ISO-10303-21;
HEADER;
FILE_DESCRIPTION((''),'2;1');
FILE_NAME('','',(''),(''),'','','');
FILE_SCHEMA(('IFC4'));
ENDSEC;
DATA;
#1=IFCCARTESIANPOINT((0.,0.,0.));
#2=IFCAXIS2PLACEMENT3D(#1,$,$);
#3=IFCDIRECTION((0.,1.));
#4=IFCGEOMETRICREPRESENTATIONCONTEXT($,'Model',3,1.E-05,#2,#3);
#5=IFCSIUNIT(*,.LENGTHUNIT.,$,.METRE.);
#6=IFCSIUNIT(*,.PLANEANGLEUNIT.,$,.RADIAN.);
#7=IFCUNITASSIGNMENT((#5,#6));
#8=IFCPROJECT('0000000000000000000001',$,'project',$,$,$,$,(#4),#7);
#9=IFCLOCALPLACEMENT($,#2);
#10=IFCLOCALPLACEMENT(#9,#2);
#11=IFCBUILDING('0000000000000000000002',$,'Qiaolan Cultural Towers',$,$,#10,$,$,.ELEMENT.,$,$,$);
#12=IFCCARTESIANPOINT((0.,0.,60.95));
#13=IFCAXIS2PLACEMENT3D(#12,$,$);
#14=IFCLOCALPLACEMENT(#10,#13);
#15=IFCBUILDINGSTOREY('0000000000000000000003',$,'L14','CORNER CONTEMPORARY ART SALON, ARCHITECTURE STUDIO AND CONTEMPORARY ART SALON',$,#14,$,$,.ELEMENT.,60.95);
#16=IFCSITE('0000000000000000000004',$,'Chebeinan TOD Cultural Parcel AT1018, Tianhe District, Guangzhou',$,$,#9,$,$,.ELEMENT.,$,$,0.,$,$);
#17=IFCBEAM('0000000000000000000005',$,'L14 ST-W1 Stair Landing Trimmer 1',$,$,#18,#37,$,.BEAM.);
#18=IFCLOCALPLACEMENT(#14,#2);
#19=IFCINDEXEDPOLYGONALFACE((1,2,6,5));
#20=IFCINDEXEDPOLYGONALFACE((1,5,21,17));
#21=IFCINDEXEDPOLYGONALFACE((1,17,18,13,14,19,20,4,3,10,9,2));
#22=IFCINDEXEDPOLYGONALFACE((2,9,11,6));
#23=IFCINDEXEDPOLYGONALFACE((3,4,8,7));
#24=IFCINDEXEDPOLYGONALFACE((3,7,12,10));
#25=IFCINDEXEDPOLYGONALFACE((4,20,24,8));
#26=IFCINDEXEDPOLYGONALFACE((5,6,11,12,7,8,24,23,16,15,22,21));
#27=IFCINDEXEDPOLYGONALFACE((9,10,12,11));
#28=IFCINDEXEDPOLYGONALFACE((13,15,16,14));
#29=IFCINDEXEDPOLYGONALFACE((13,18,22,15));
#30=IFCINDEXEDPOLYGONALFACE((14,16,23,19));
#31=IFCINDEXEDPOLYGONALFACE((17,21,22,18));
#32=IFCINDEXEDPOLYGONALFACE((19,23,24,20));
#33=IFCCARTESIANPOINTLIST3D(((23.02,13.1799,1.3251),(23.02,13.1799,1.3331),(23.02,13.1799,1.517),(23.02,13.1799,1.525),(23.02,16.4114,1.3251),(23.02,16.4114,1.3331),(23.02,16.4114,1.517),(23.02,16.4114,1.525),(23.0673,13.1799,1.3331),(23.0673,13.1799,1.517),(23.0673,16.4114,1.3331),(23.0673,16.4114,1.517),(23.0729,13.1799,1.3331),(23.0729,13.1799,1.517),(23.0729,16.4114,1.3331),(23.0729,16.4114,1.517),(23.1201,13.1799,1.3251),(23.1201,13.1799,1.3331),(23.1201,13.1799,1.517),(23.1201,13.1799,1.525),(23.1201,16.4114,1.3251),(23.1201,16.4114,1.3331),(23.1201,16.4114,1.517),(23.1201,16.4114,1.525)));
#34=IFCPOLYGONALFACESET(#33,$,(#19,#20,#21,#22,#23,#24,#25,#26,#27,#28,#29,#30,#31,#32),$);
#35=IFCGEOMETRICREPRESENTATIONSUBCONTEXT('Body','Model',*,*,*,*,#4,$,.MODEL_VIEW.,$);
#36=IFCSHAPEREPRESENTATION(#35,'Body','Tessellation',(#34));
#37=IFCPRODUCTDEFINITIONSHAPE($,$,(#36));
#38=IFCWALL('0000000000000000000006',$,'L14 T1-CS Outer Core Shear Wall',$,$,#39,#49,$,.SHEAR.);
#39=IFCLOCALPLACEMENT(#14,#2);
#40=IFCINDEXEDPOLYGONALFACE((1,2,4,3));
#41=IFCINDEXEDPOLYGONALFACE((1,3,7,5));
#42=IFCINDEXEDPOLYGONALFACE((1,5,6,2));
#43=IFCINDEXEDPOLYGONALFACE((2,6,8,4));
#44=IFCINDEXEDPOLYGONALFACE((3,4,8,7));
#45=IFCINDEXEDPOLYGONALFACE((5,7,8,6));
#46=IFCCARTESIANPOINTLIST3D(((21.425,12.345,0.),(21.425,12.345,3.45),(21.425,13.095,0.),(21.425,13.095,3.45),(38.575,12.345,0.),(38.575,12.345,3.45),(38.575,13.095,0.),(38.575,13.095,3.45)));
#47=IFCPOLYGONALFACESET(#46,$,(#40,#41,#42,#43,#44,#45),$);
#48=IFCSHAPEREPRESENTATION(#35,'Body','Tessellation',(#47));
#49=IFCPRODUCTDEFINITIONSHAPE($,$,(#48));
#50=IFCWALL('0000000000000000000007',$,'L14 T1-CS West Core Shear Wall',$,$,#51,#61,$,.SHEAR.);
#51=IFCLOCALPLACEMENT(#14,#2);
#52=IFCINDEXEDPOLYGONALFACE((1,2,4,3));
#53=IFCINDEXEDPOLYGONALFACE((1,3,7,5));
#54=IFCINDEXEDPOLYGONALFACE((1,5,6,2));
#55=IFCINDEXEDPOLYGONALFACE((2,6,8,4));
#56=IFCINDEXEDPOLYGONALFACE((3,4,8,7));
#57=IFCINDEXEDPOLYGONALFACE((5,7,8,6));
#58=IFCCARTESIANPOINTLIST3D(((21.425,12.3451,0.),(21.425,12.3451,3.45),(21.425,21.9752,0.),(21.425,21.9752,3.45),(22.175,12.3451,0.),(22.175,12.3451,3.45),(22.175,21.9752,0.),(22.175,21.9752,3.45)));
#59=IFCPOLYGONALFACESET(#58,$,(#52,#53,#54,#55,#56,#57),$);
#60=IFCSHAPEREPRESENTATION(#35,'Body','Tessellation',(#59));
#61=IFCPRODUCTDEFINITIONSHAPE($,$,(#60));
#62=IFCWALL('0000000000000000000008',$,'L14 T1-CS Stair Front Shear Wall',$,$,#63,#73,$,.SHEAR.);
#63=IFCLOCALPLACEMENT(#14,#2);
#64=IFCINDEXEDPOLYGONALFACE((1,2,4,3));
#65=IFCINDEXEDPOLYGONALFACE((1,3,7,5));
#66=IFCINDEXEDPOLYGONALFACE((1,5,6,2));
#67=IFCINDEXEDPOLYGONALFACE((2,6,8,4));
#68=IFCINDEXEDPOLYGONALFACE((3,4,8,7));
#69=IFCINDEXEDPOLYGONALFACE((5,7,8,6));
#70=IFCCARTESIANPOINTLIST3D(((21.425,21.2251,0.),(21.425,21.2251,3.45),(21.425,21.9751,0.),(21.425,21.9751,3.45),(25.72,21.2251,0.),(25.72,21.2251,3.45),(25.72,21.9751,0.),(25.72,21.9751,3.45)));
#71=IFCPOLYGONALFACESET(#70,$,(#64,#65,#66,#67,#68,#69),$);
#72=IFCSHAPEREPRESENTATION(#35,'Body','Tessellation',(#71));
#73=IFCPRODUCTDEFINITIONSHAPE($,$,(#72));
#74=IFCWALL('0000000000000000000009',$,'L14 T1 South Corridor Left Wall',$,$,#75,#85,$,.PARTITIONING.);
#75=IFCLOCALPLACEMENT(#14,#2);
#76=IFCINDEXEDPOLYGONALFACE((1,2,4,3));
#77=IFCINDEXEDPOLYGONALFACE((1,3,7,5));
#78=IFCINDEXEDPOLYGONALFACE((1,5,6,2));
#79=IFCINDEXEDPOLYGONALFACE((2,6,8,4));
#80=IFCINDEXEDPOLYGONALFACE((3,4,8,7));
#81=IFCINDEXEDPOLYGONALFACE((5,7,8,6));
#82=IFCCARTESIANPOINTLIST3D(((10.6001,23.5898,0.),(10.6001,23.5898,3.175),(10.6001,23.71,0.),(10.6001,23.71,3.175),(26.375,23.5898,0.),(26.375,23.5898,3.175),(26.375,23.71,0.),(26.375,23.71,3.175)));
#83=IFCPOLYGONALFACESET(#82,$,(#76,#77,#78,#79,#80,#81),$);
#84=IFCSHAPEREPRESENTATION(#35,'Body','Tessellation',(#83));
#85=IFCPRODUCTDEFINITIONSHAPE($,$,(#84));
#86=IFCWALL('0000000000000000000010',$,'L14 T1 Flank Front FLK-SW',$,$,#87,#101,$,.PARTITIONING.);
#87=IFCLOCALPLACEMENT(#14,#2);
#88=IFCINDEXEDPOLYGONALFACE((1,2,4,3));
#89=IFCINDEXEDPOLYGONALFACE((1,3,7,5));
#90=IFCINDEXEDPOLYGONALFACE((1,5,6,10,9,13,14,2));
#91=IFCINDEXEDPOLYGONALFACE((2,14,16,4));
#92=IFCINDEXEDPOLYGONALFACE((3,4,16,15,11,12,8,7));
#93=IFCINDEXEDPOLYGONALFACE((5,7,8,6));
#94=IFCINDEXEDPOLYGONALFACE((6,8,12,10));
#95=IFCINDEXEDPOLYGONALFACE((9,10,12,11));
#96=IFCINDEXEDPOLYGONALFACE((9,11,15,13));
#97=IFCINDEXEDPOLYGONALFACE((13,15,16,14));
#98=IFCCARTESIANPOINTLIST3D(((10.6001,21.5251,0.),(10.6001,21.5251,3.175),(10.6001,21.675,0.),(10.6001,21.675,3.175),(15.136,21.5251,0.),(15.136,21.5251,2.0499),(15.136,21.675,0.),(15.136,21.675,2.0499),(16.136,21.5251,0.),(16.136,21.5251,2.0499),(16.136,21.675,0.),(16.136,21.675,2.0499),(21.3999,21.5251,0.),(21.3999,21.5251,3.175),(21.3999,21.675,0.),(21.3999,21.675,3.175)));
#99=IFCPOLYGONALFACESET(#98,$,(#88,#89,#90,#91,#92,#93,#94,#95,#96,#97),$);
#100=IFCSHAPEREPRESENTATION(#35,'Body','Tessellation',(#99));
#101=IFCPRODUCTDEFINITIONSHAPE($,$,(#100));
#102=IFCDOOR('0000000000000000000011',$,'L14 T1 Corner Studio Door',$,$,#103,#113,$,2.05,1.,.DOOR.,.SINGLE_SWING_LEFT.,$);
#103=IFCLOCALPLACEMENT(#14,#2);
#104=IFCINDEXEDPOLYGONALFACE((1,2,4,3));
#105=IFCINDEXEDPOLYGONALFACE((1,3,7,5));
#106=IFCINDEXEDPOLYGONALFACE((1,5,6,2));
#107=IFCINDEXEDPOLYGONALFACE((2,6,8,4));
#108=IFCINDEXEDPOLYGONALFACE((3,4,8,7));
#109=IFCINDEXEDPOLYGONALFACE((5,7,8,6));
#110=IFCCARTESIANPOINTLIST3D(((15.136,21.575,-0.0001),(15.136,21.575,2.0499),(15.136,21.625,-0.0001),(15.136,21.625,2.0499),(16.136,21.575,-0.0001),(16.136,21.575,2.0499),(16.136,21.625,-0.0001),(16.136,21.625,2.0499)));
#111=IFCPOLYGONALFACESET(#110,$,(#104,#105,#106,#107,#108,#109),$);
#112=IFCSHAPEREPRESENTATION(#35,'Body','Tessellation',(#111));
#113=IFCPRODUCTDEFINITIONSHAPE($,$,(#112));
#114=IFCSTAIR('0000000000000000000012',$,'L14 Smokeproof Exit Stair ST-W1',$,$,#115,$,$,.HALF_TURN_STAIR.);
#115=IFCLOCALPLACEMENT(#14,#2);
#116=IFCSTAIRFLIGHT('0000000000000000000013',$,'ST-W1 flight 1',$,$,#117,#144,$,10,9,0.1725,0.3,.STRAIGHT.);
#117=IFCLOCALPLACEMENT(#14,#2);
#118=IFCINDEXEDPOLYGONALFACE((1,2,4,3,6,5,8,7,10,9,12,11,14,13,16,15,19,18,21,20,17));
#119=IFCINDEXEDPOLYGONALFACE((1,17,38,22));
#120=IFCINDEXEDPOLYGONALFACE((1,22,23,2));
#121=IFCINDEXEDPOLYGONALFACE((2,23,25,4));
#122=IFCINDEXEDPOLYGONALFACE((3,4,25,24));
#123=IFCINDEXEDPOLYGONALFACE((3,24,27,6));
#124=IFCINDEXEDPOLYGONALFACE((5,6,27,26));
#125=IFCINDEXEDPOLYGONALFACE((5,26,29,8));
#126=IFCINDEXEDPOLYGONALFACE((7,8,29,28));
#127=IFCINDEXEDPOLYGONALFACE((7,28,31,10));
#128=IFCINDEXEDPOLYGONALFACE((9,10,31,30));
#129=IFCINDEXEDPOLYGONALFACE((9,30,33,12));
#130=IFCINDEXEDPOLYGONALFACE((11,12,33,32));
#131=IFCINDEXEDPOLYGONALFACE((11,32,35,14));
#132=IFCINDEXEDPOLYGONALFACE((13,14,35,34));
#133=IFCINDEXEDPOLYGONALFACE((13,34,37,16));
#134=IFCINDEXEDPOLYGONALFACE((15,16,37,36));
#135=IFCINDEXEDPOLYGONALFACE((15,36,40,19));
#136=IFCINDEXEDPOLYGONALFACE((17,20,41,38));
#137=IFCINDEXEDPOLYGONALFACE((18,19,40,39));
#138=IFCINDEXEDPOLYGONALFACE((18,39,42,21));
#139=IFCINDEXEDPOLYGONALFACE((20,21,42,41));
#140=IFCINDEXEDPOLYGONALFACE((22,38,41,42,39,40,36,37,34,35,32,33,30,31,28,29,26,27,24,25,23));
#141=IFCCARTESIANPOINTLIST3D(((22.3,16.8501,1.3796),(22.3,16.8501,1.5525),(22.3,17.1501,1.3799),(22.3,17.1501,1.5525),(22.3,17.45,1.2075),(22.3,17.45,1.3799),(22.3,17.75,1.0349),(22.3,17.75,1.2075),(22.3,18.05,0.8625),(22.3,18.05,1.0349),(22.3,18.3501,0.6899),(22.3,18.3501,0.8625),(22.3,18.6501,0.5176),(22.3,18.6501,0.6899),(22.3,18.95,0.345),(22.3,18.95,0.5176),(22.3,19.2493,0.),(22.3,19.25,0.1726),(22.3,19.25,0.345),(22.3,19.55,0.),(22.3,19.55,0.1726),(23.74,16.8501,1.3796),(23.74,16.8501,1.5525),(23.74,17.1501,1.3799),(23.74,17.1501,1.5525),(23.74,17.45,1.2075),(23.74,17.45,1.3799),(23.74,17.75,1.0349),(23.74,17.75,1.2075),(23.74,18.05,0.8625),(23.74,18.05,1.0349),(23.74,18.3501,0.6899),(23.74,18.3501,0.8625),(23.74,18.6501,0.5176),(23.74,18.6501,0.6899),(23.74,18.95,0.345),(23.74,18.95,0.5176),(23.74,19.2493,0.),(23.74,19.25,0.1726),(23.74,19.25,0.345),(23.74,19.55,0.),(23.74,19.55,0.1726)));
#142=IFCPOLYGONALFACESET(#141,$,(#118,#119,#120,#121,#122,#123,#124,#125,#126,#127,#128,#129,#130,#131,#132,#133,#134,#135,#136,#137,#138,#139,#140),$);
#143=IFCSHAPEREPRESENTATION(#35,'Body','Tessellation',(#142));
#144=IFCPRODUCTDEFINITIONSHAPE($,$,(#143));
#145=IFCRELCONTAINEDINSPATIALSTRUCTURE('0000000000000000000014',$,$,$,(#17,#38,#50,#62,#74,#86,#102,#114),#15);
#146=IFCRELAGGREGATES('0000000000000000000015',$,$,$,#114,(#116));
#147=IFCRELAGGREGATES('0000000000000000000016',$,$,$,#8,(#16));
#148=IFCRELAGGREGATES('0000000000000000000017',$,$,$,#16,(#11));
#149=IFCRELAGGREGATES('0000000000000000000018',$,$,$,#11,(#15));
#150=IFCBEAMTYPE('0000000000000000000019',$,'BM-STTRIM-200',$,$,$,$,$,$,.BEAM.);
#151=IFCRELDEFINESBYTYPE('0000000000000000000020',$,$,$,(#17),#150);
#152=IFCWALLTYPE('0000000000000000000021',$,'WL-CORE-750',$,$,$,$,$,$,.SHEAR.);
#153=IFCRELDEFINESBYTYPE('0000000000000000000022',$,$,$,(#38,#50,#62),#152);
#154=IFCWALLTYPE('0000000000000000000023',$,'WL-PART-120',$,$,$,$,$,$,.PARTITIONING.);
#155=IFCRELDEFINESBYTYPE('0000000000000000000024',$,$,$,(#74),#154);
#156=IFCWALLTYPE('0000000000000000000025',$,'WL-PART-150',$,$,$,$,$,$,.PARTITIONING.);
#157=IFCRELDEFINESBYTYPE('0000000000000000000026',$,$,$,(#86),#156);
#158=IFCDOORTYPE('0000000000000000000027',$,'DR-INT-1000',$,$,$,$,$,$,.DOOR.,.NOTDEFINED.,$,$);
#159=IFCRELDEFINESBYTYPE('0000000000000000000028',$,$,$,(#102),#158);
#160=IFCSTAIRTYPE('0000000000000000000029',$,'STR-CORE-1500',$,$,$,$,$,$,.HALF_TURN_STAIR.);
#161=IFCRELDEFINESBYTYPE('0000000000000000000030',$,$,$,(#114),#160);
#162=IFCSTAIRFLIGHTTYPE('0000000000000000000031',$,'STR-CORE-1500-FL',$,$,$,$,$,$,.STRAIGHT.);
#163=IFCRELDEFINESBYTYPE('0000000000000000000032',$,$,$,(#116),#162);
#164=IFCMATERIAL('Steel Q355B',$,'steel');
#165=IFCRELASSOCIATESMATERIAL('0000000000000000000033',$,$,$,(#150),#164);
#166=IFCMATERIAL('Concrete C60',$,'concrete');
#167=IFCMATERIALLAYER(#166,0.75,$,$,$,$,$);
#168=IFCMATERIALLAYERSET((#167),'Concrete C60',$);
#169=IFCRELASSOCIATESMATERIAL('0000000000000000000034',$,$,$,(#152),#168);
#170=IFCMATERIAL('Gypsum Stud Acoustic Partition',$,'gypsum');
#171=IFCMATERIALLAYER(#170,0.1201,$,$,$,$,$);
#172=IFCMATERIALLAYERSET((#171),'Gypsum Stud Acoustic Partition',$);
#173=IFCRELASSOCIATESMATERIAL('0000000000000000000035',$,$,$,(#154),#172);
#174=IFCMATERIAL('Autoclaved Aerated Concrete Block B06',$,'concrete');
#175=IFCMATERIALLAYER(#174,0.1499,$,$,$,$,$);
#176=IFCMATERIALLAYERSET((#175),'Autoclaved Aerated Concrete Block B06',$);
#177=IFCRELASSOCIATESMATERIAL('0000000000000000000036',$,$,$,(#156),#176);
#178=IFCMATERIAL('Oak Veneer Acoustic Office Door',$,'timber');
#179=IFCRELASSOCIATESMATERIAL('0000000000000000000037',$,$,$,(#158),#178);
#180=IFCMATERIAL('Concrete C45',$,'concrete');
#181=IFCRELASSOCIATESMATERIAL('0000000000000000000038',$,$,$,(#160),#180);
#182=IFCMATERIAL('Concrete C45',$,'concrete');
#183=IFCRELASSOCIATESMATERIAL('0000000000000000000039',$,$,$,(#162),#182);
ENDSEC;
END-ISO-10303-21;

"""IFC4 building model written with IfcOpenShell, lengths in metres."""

from ifc_helpers import new_model, si_unit, direction, frame, frame_2d, origin, origin_2d, place, context, subcontext, project, spatial, polyline, rectangle, i_section, outline, extrude, material, layer, layer_set, material_profile, profile_set, type_object, element, fill, aggregate, save


model = new_model("IFC4")

# Units and contexts
model_context = context("Model", 3, precision=1e-05, world=origin(), true_north=direction((0.0, 1.0)))
body_context = subcontext(model_context, "Body", "Model", "MODEL_VIEW")
ifc_project = project(units=[si_unit("LENGTHUNIT", "METRE"), si_unit("PLANEANGLEUNIT", "RADIAN")], contexts=[model_context])

# Site, building, storey
site_placement = place(None, origin())
site = spatial("IfcSite", under=ifc_project, at=site_placement, Name="Chebeinan TOD Cultural Parcel AT1018, Tianhe District, Guangzhou", CompositionType="ELEMENT", RefElevation=0.0)
building_placement = place(site_placement, origin())
building = spatial("IfcBuilding", under=site, at=building_placement, Name="Qiaolan Cultural Towers", CompositionType="ELEMENT")
storey_placement = place(building_placement, frame((0.0, 0.0, 60.95)))
storey = spatial("IfcBuildingStorey", under=building, at=storey_placement, Name="L14", Description="CORNER CONTEMPORARY ART SALON, ARCHITECTURE STUDIO AND CONTEMPORARY ART SALON", CompositionType="ELEMENT", Elevation=60.95)

# Beam
ifc_material_1 = material(Name="Steel Q355B", Category="steel")
ifc_material_profile_1 = material_profile(ifc_material_1, i_section(OverallWidth=0.1001, OverallDepth=0.2, WebThickness=0.0056, FlangeThickness=0.0081, at=origin_2d()), Name="HN200x100x5.5x8")
ifc_profile_set_1 = profile_set([ifc_material_profile_1], Name="Steel Q355B")
beam_type_1 = type_object("IfcBeamType", Name="BM-STTRIM-200", PredefinedType="BEAM", material=ifc_profile_set_1)
beam_1_placement = place(storey_placement, frame((23.0701, 16.4114, 1.425), z_axis=(0.0, -1.0, 0.0), x_axis=(1.0, 0.0, 0.0)))
element("IfcBeam", 1, at=beam_1_placement, inside=storey, type_object=beam_type_1, Name="L14 ST-W1 Stair Landing Trimmer 1", PredefinedType="BEAM", context=body_context, shape_type="SweptSolid", body=[
    extrude(i_section(OverallWidth=0.1001, OverallDepth=0.2, WebThickness=0.0056, FlangeThickness=0.0081, at=origin_2d()), origin(), (0.0, 0.0, 1.0), 3.2314),
])

# Walls
ifc_material_2 = material(Name="Concrete C60", Category="concrete")
ifc_layer_1 = layer(ifc_material_2, 0.75)
ifc_layer_set_1 = layer_set([ifc_layer_1], Name="Concrete C60")
wall_type_1 = type_object("IfcWallType", Name="WL-CORE-750", PredefinedType="SHEAR", material=ifc_layer_set_1)
wall_1_placement = place(storey_placement, frame((21.425, 12.72, 0.0), z_axis=(0.0, 0.0, 1.0), x_axis=(1.0, 0.0, 0.0)))
element("IfcWall", 2, at=wall_1_placement, inside=storey, type_object=wall_type_1, Name="L14 T1-CS Outer Core Shear Wall", PredefinedType="SHEAR", context=body_context, shape_type="SweptSolid", body=[
    extrude(rectangle(XDim=17.1499, YDim=0.75, at=frame_2d((8.575, 0.0))), origin(), (0.0, 0.0, 1.0), 3.45),
])
wall_2_placement = place(storey_placement, frame((21.8, 21.9751, 0.0), z_axis=(0.0, 0.0, 1.0), x_axis=(0.0, -1.0, 0.0)))
element("IfcWall", 3, at=wall_2_placement, inside=storey, type_object=wall_type_1, Name="L14 T1-CS West Core Shear Wall", PredefinedType="SHEAR", context=body_context, shape_type="SweptSolid", body=[
    extrude(rectangle(XDim=9.6301, YDim=0.75, at=frame_2d((4.8149, 0.0))), origin(), (0.0, 0.0, 1.0), 3.45),
])
wall_3_placement = place(storey_placement, frame((21.425, 21.6001, 0.0), z_axis=(0.0, 0.0, 1.0), x_axis=(1.0, 0.0, 0.0)))
element("IfcWall", 4, at=wall_3_placement, inside=storey, type_object=wall_type_1, Name="L14 T1-CS Stair Front Shear Wall", PredefinedType="SHEAR", context=body_context, shape_type="SweptSolid", body=[
    extrude(rectangle(XDim=4.2949, YDim=0.75, at=frame_2d((2.1475, 0.0))), origin(), (0.0, 0.0, 1.0), 3.45),
])
ifc_material_3 = material(Name="Gypsum Stud Acoustic Partition", Category="gypsum")
ifc_layer_2 = layer(ifc_material_3, 0.1201)
ifc_layer_set_2 = layer_set([ifc_layer_2], Name="Gypsum Stud Acoustic Partition")
wall_type_2 = type_object("IfcWallType", Name="WL-PART-120", PredefinedType="PARTITIONING", material=ifc_layer_set_2)
wall_4_placement = place(storey_placement, frame((10.6001, 23.6499, 0.0), z_axis=(0.0, 0.0, 1.0), x_axis=(1.0, 0.0, 0.0)))
element("IfcWall", 5, at=wall_4_placement, inside=storey, type_object=wall_type_2, Name="L14 T1 South Corridor Left Wall", PredefinedType="PARTITIONING", context=body_context, shape_type="SweptSolid", body=[
    extrude(rectangle(XDim=15.7749, YDim=0.1201, at=frame_2d((7.8875, 0.0))), origin(), (0.0, 0.0, 1.0), 3.175),
])

# Wall, opening, door
ifc_material_4 = material(Name="Autoclaved Aerated Concrete Block B06", Category="concrete")
ifc_layer_3 = layer(ifc_material_4, 0.1499)
ifc_layer_set_3 = layer_set([ifc_layer_3], Name="Autoclaved Aerated Concrete Block B06")
wall_type_3 = type_object("IfcWallType", Name="WL-PART-150", PredefinedType="PARTITIONING", material=ifc_layer_set_3)
wall_5_placement = place(storey_placement, frame((10.6001, 21.6001, 0.0), z_axis=(0.0, 0.0, 1.0), x_axis=(1.0, 0.0, 0.0)))
wall_5 = element("IfcWall", 6, at=wall_5_placement, inside=storey, type_object=wall_type_3, Name="L14 T1 Flank Front FLK-SW", PredefinedType="PARTITIONING", context=body_context, shape_type="SweptSolid", body=[
    extrude(rectangle(XDim=10.7998, YDim=0.1499, at=frame_2d((5.3999, 0.0))), origin(), (0.0, 0.0, 1.0), 3.175),
])
opening_placement = place(wall_5_placement, frame((4.5359, 0.0, 0.0)))
opening = element("IfcOpeningElement", 7, at=opening_placement, cuts=wall_5, PredefinedType="OPENING", context=body_context, shape_type="SweptSolid", body=[
    extrude(rectangle(XDim=1.0, YDim=2.05, at=frame_2d((0.5, 1.0249))), frame((0.0, 0.085, 0.0), z_axis=(0.0, -1.0, 0.0), x_axis=(1.0, 0.0, 0.0)), (0.0, 0.0, 1.0), 0.1699),
])
ifc_material_5 = material(Name="Oak Veneer Acoustic Office Door", Category="timber")
door_type = type_object("IfcDoorType", Name="DR-INT-1000", OperationType="NOTDEFINED", PredefinedType="DOOR", material=ifc_material_5)
door_placement = place(opening_placement, origin())
door = element("IfcDoor", 8, at=door_placement, inside=storey, type_object=door_type, Name="L14 T1 Corner Studio Door", OperationType="SINGLE_SWING_LEFT", OverallHeight=2.05, OverallWidth=1.0, PredefinedType="DOOR", context=body_context, shape_type="SweptSolid", body=[
    extrude(rectangle(XDim=1.0, YDim=2.05, at=frame_2d((0.5, 1.0249))), frame((0.0, 0.0249, 0.0), z_axis=(0.0, -1.0, 0.0), x_axis=(1.0, 0.0, 0.0)), (0.0, 0.0, 1.0), 0.05),
])
fill(opening, door)

# Stair, stair flight
ifc_material_6 = material(Name="Concrete C45", Category="concrete")
stair_type = type_object("IfcStairType", Name="STR-CORE-1500", PredefinedType="HALF_TURN_STAIR", material=ifc_material_6)
stair_placement = place(storey_placement, origin())
stair = element("IfcStair", 9, at=stair_placement, inside=storey, type_object=stair_type, Name="L14 Smokeproof Exit Stair ST-W1", PredefinedType="HALF_TURN_STAIR")
ifc_material_7 = material(Name="Concrete C45", Category="concrete")
stair_flight_type = type_object("IfcStairFlightType", Name="STR-CORE-1500-FL", PredefinedType="STRAIGHT", material=ifc_material_7)
stair_flight_placement = place(storey_placement, frame((23.02, 19.55, 0.0), z_axis=(0.0, 0.0, 1.0), x_axis=(0.0, -1.0, 0.0)))
stair_flight = element("IfcStairFlight", 10, at=stair_flight_placement, type_object=stair_flight_type, Name="ST-W1 flight 1", NumberOfRisers=10, NumberOfTreads=9, PredefinedType="STRAIGHT", RiserHeight=0.1725, TreadLength=0.3, context=body_context, shape_type="SweptSolid", body=[
    extrude(outline(polyline([(0.0, 0.0), (0.0, 0.1726), (0.3, 0.1726), (0.3, 0.345), (0.6001, 0.345), (0.6001, 0.5176), (0.8999, 0.5176), (0.8999, 0.6899), (1.2, 0.6899), (1.2, 0.8625), (1.5, 0.8625), (1.5, 1.0349), (1.8, 1.0349), (1.8, 1.2075), (2.1001, 1.2075), (2.1001, 1.3799), (2.3999, 1.3799), (2.3999, 1.5525), (2.7, 1.5525), (2.7, 1.7251), (2.7, 1.3796), (0.3008, 0.0), (0.0, 0.0)])), frame((0.0, 0.72, 0.0), z_axis=(0.0, -1.0, 0.0), x_axis=(1.0, 0.0, 0.0)), (0.0, 0.0, 1.0), 1.4399),
])
aggregate(stair, [stair_flight])

save(model, "model.ifc")
